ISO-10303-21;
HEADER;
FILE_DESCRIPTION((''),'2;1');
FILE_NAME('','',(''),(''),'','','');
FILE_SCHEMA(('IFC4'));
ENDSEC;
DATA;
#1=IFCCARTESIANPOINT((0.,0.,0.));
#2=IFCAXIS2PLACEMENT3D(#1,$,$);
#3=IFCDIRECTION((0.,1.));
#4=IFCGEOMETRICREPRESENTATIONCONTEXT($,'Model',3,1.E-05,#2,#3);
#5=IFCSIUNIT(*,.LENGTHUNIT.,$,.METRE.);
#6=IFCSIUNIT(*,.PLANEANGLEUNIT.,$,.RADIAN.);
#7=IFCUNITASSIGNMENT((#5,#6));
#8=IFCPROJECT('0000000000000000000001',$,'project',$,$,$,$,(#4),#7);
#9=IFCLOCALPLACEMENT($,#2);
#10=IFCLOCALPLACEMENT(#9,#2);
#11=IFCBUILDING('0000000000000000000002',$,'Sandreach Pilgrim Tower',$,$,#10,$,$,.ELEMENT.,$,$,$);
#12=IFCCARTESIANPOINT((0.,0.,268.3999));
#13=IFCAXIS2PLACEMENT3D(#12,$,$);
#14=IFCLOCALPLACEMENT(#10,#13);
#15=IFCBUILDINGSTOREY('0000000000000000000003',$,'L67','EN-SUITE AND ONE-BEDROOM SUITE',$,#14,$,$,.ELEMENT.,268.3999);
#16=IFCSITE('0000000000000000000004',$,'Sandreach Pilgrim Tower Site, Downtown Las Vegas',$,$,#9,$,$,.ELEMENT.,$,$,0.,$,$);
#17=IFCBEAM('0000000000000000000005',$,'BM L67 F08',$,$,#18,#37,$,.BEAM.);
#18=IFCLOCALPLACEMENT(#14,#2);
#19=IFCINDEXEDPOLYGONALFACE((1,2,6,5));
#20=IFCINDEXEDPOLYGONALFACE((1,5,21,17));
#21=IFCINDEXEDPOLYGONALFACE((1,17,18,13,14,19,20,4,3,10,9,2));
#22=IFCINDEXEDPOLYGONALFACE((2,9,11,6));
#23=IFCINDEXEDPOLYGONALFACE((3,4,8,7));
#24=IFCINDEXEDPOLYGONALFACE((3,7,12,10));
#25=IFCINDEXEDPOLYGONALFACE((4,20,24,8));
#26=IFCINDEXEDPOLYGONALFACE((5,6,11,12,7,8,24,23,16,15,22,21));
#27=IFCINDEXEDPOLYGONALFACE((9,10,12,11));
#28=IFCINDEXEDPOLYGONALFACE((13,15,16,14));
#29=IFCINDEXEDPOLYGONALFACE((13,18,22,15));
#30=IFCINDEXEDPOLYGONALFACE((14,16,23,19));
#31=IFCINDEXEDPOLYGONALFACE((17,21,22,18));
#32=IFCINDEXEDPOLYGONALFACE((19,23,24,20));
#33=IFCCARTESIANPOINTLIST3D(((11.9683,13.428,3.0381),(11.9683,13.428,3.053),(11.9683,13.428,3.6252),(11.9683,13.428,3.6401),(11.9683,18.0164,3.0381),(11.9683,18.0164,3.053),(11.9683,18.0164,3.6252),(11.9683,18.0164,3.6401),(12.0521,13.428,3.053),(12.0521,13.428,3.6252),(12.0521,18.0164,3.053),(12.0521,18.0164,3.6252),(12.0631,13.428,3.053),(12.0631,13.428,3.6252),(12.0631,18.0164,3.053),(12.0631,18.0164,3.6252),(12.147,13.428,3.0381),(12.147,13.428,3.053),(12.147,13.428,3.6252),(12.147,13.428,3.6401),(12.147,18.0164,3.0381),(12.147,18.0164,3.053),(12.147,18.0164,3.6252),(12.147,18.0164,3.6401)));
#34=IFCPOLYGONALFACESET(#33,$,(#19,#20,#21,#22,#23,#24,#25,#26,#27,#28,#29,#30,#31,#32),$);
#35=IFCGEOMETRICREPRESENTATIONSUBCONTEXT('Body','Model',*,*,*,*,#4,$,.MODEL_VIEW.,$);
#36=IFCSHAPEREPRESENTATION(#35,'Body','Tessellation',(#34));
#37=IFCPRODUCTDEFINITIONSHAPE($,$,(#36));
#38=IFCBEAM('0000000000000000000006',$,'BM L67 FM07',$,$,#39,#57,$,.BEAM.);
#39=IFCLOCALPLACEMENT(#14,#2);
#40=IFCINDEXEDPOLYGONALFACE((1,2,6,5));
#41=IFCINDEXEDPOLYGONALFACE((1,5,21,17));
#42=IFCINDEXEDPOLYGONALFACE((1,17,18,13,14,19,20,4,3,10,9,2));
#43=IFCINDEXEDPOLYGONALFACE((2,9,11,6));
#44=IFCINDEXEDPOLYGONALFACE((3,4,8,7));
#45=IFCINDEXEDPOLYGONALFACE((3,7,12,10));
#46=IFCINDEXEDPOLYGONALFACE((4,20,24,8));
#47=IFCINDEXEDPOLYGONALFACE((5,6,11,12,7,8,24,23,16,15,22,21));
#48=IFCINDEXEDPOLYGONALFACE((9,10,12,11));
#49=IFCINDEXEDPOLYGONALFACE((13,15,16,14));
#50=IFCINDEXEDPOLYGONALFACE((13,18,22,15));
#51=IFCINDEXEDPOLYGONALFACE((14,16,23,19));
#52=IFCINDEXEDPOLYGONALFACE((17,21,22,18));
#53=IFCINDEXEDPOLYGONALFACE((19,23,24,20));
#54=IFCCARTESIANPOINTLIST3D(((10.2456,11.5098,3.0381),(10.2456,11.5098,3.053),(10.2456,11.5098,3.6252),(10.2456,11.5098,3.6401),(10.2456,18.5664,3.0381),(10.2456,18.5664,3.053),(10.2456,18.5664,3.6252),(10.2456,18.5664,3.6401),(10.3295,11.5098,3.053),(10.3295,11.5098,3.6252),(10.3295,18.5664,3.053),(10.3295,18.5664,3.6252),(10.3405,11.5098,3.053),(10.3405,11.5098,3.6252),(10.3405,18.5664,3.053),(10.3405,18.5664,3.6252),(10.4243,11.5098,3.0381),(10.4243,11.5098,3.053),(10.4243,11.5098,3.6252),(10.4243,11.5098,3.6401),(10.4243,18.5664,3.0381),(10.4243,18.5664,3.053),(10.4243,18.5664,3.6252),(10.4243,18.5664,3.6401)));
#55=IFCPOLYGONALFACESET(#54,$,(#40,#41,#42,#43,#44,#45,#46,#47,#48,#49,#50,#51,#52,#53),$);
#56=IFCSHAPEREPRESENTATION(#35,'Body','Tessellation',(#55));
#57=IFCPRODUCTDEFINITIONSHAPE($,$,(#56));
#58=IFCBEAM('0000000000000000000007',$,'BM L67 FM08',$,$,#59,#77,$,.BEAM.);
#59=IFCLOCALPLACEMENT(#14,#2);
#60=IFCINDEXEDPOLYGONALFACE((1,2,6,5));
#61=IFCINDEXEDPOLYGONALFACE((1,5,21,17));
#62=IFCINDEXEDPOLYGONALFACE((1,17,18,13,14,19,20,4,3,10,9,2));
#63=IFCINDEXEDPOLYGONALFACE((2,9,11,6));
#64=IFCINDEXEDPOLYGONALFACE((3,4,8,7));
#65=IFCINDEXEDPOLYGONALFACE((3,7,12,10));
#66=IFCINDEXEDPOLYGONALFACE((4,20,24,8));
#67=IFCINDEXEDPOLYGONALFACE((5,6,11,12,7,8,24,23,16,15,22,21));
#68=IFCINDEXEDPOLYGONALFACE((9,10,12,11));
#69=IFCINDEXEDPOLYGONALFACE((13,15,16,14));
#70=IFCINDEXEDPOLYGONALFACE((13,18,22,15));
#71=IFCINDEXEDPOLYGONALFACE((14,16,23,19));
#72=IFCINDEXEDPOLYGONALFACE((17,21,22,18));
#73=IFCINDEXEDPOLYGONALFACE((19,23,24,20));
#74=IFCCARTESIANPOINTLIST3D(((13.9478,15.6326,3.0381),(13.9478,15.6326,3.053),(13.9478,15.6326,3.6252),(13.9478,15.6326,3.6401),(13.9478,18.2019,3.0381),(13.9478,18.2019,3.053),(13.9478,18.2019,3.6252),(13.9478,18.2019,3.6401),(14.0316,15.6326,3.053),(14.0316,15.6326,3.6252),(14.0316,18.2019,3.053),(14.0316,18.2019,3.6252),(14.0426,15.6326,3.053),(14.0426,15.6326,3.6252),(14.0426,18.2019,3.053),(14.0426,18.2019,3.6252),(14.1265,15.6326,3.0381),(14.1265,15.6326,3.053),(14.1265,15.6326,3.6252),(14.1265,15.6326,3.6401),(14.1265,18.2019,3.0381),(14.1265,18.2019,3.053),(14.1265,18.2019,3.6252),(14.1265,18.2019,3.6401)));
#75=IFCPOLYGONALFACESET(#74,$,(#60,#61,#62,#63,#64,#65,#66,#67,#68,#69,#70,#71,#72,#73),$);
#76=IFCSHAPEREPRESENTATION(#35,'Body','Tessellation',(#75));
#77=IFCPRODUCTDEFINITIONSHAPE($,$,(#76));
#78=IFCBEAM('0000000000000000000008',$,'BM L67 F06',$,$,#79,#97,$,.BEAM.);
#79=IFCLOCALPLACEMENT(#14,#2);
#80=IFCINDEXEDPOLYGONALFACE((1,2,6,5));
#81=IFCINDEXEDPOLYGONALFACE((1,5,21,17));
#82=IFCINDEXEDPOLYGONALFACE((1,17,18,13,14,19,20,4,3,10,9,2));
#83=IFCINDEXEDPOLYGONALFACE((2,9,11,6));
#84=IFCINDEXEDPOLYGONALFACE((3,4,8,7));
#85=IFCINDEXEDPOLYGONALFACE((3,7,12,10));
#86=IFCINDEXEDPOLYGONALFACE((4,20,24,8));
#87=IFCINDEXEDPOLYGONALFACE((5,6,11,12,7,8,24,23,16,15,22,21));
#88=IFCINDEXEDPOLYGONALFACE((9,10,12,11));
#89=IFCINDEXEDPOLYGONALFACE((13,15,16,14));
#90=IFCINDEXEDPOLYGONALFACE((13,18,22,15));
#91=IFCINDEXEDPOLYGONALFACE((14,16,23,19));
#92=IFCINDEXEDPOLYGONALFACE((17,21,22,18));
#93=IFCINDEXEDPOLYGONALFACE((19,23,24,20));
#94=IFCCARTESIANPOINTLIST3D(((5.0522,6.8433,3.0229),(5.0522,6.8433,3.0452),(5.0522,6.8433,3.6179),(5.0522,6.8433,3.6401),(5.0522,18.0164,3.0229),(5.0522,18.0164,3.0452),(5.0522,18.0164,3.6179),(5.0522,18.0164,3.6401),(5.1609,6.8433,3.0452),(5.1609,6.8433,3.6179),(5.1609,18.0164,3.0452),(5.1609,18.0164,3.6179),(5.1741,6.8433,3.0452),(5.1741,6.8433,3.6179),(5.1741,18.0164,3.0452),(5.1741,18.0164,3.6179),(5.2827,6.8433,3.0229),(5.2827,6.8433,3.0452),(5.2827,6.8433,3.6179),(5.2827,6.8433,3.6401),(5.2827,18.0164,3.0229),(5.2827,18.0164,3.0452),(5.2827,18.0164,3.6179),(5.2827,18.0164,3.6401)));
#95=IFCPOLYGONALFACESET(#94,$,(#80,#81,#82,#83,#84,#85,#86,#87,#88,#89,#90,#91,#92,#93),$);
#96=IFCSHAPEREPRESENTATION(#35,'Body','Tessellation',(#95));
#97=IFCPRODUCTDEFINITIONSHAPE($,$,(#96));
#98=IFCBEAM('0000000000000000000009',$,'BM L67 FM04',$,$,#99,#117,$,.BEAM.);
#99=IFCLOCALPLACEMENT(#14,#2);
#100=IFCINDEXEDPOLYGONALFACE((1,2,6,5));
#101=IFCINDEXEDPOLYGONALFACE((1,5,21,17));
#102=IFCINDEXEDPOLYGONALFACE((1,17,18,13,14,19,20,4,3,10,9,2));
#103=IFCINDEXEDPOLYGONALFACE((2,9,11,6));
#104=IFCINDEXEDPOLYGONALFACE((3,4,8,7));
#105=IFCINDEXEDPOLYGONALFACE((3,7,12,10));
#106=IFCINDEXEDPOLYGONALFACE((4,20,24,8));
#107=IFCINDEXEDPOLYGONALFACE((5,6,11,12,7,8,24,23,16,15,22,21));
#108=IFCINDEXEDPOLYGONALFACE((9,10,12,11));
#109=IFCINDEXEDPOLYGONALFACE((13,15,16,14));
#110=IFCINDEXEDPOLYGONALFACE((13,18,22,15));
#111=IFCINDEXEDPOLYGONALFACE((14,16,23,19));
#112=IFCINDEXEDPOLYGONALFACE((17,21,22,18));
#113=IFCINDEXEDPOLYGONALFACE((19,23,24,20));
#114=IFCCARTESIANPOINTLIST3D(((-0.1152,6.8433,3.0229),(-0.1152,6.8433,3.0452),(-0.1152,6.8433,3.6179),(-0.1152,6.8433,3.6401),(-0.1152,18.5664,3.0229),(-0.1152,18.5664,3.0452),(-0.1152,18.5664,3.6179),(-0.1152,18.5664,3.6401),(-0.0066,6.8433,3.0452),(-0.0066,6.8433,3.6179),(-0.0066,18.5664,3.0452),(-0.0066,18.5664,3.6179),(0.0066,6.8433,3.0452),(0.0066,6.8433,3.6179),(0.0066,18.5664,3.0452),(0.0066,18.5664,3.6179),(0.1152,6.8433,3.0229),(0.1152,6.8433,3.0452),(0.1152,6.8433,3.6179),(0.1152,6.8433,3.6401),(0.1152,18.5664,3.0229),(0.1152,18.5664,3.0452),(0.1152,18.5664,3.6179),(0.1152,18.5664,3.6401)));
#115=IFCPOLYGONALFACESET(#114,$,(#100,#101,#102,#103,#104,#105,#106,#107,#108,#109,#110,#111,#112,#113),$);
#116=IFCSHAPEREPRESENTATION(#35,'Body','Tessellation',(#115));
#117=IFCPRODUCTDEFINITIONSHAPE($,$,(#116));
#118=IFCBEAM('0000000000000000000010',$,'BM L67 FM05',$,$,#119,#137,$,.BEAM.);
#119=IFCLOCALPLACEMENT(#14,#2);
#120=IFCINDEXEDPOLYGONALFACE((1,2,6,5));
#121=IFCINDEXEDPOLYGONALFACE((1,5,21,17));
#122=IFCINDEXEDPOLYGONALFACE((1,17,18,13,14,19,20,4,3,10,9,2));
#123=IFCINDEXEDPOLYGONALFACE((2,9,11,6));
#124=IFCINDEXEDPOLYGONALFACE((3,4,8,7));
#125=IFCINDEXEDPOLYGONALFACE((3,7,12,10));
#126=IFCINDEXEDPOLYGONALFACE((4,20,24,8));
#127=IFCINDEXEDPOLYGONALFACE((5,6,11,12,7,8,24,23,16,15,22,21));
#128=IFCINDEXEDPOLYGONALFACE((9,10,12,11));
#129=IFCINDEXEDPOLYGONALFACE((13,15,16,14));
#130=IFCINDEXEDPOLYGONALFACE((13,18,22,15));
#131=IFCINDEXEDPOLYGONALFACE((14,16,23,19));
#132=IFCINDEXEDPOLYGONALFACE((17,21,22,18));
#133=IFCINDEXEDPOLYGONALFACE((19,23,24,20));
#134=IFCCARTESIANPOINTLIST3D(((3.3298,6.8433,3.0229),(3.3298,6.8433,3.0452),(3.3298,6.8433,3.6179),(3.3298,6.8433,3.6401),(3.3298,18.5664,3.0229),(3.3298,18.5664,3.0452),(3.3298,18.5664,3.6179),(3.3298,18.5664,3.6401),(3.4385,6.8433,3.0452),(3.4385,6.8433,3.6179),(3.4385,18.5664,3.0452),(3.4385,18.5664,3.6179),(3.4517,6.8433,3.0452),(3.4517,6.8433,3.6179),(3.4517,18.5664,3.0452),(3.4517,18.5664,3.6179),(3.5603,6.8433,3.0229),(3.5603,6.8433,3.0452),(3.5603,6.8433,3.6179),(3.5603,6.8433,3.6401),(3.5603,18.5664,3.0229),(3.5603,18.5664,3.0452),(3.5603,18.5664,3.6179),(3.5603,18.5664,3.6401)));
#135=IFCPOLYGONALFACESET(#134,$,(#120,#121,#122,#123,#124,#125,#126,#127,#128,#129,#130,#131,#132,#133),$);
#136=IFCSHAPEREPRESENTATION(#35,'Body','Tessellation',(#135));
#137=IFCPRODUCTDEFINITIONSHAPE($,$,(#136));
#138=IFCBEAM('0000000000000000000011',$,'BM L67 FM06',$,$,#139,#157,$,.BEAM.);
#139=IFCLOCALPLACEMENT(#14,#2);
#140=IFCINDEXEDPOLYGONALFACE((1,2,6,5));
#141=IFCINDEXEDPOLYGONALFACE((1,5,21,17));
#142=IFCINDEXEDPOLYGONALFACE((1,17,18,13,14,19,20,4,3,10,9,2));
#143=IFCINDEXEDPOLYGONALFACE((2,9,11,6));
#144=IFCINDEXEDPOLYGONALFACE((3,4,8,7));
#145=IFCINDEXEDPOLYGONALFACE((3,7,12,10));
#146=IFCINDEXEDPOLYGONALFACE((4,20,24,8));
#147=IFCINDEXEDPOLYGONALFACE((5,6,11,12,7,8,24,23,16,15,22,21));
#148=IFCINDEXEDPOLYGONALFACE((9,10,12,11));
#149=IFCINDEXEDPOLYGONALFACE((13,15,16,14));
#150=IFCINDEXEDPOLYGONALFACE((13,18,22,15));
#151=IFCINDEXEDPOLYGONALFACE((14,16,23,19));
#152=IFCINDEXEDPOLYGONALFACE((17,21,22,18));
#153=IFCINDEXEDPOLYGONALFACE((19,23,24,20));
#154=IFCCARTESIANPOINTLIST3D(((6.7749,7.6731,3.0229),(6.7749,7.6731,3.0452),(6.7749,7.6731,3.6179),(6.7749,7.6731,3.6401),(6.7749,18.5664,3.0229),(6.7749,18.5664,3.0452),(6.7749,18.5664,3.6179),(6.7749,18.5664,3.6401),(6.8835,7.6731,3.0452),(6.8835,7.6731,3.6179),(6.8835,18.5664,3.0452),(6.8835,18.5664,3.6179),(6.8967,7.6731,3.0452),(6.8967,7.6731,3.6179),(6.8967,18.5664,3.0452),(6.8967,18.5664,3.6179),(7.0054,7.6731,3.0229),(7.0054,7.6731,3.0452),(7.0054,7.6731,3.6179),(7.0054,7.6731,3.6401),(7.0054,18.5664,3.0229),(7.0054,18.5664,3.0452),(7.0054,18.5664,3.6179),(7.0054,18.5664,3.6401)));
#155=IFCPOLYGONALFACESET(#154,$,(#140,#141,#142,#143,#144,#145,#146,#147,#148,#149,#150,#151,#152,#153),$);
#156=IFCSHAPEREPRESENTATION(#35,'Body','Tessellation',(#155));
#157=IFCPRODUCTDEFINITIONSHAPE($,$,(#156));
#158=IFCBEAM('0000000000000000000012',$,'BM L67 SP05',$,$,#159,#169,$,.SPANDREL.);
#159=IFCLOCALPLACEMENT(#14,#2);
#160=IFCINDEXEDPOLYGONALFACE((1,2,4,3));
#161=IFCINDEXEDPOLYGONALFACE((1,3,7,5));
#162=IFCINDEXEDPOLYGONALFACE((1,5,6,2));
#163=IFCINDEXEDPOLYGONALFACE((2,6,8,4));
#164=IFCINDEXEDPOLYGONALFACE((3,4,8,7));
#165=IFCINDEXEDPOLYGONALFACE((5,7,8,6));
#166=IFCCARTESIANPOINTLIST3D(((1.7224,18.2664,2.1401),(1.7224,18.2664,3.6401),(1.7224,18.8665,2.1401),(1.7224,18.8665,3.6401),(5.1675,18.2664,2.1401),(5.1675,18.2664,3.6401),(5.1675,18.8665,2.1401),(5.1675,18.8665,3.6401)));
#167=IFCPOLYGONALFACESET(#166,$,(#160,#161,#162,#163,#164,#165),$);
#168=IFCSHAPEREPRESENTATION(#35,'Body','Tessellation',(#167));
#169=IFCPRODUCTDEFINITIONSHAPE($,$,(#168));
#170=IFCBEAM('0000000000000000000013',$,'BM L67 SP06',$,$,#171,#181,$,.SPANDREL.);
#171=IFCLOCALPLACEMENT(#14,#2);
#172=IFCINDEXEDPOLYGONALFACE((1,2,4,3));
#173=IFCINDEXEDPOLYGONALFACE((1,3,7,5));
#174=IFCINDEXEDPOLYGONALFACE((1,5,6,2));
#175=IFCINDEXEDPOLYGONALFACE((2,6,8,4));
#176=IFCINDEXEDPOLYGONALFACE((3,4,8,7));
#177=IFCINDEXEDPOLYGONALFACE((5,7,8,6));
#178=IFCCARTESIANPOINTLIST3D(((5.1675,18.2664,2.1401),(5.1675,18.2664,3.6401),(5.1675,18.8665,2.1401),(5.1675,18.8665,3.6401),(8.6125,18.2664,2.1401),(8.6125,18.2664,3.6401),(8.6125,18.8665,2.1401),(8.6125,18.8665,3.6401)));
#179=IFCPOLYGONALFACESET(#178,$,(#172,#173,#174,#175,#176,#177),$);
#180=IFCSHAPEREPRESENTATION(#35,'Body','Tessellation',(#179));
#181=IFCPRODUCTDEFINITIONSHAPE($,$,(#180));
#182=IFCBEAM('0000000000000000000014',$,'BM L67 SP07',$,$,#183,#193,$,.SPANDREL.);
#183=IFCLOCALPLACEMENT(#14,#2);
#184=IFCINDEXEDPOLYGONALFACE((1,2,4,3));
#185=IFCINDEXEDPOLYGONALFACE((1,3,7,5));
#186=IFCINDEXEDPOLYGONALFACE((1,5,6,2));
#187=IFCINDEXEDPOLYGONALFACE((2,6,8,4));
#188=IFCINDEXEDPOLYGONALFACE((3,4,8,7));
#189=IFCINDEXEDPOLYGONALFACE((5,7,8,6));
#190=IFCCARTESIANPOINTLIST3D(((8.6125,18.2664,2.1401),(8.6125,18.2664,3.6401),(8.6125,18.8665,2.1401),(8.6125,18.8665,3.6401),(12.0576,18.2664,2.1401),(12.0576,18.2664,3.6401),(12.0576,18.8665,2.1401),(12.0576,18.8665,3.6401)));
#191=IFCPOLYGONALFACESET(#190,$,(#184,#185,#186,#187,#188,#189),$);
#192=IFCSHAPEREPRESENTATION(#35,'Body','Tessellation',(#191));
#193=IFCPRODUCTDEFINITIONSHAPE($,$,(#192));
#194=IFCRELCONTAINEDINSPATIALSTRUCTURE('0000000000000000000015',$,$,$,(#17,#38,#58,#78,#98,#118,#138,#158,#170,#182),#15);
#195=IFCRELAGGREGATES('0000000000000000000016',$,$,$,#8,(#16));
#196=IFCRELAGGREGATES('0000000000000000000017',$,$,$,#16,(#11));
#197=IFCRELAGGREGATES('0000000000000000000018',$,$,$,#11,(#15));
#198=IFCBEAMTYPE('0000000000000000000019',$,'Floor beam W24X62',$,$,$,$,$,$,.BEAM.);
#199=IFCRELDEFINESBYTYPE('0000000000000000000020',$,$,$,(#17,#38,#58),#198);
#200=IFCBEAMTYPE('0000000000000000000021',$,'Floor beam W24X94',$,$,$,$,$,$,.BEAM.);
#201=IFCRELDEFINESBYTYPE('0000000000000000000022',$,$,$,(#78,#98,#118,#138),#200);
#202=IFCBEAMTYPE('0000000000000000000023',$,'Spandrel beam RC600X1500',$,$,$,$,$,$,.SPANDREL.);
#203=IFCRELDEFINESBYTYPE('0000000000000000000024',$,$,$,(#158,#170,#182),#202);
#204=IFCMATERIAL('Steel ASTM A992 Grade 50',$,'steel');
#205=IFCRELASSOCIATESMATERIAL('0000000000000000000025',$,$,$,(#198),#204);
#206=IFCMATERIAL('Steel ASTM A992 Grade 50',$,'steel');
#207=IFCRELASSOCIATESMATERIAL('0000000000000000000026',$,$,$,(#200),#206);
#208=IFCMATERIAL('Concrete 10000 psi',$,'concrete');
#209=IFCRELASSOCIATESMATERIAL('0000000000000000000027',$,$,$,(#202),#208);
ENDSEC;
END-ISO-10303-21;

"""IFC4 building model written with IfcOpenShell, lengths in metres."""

from ifc_helpers import new_model, si_unit, direction, frame, origin, origin_2d, place, context, subcontext, project, spatial, rectangle, i_section, extrude, material, material_profile, profile_set, type_object, element, save


model = new_model("IFC4")

# Units and contexts
model_context = context("Model", 3, precision=1e-05, world=origin(), true_north=direction((0.0, 1.0)))
body_context = subcontext(model_context, "Body", "Model", "MODEL_VIEW")
ifc_project = project(units=[si_unit("LENGTHUNIT", "METRE"), si_unit("PLANEANGLEUNIT", "RADIAN")], contexts=[model_context])

# Site, building, storey
site_placement = place(None, origin())
site = spatial("IfcSite", under=ifc_project, at=site_placement, Name="Sandreach Pilgrim Tower Site, Downtown Las Vegas", CompositionType="ELEMENT", RefElevation=0.0)
building_placement = place(site_placement, origin())
building = spatial("IfcBuilding", under=site, at=building_placement, Name="Sandreach Pilgrim Tower", CompositionType="ELEMENT")
storey_placement = place(building_placement, frame((0.0, 0.0, 268.3999)))
storey = spatial("IfcBuildingStorey", under=building, at=storey_placement, Name="L67", Description="EN-SUITE AND ONE-BEDROOM SUITE", CompositionType="ELEMENT", Elevation=268.3999)

# Beams
ifc_material_1 = material(Name="Steel ASTM A992 Grade 50", Category="steel")
ifc_material_profile_1 = material_profile(ifc_material_1, i_section(OverallWidth=0.1787, OverallDepth=0.6021, WebThickness=0.011, FlangeThickness=0.0149, at=origin_2d()), Name="W24X62")
ifc_profile_set_1 = profile_set([ifc_material_profile_1], Name="Steel ASTM A992 Grade 50")
beam_type_1 = type_object("IfcBeamType", Name="Floor beam W24X62", PredefinedType="BEAM", material=ifc_profile_set_1)
beam_1_placement = place(storey_placement, frame((12.0576, 18.0164, 3.3391), z_axis=(0.0, -1.0, 0.0), x_axis=(1.0, 0.0, 0.0)))
element("IfcBeam", 1, at=beam_1_placement, inside=storey, type_object=beam_type_1, Name="BM L67 F08", PredefinedType="BEAM", context=body_context, shape_type="SweptSolid", body=[
    extrude(i_section(OverallWidth=0.1787, OverallDepth=0.6021, WebThickness=0.011, FlangeThickness=0.0149, at=origin_2d()), origin(), (0.0, 0.0, 1.0), 4.5884),
])
beam_2_placement = place(storey_placement, frame((10.335, 18.5664, 3.3391), z_axis=(0.0, -1.0, 0.0), x_axis=(1.0, 0.0, 0.0)))
element("IfcBeam", 2, at=beam_2_placement, inside=storey, type_object=beam_type_1, Name="BM L67 FM07", PredefinedType="BEAM", context=body_context, shape_type="SweptSolid", body=[
    extrude(i_section(OverallWidth=0.1787, OverallDepth=0.6021, WebThickness=0.011, FlangeThickness=0.0149, at=origin_2d()), origin(), (0.0, 0.0, 1.0), 7.0566),
])
beam_3_placement = place(storey_placement, frame((14.0371, 18.2019, 3.3391), z_axis=(0.0, -1.0, 0.0), x_axis=(1.0, 0.0, 0.0)))
element("IfcBeam", 3, at=beam_3_placement, inside=storey, type_object=beam_type_1, Name="BM L67 FM08", PredefinedType="BEAM", context=body_context, shape_type="SweptSolid", body=[
    extrude(i_section(OverallWidth=0.1787, OverallDepth=0.6021, WebThickness=0.011, FlangeThickness=0.0149, at=origin_2d()), origin(), (0.0, 0.0, 1.0), 2.5693),
])
ifc_material_2 = material(Name="Steel ASTM A992 Grade 50", Category="steel")
ifc_material_profile_2 = material_profile(ifc_material_2, i_section(OverallWidth=0.2305, OverallDepth=0.6172, WebThickness=0.0132, FlangeThickness=0.0222, at=origin_2d()), Name="W24X94")
ifc_profile_set_2 = profile_set([ifc_material_profile_2], Name="Steel ASTM A992 Grade 50")
beam_type_2 = type_object("IfcBeamType", Name="Floor beam W24X94", PredefinedType="BEAM", material=ifc_profile_set_2)
beam_4_placement = place(storey_placement, frame((5.1675, 18.0164, 3.3315), z_axis=(0.0, -1.0, 0.0), x_axis=(1.0, 0.0, 0.0)))
element("IfcBeam", 4, at=beam_4_placement, inside=storey, type_object=beam_type_2, Name="BM L67 F06", PredefinedType="BEAM", context=body_context, shape_type="SweptSolid", body=[
    extrude(i_section(OverallWidth=0.2305, OverallDepth=0.6172, WebThickness=0.0132, FlangeThickness=0.0222, at=origin_2d()), origin(), (0.0, 0.0, 1.0), 11.1731),
])
for number, where, z_axis, x_axis, name in (
    (5, (0.0, 18.5664, 3.3315), (0.0, -1.0, 0.0), (1.0, 0.0, 0.0), "BM L67 FM04"),
    (6, (3.4451, 18.5664, 3.3315), (0.0, -1.0, 0.0), (1.0, 0.0, 0.0), "BM L67 FM05"),
):
    element("IfcBeam", number, at=place(storey_placement, frame(where, z_axis=z_axis, x_axis=x_axis)), inside=storey, type_object=beam_type_2, Name=name, PredefinedType="BEAM", context=body_context, shape_type="SweptSolid", body=[
        extrude(i_section(OverallWidth=0.2305, OverallDepth=0.6172, WebThickness=0.0132, FlangeThickness=0.0222, at=origin_2d()), origin(), (0.0, 0.0, 1.0), 11.7231),
    ])
beam_5_placement = place(storey_placement, frame((6.8901, 18.5664, 3.3315), z_axis=(0.0, -1.0, 0.0), x_axis=(1.0, 0.0, 0.0)))
element("IfcBeam", 7, at=beam_5_placement, inside=storey, type_object=beam_type_2, Name="BM L67 FM06", PredefinedType="BEAM", context=body_context, shape_type="SweptSolid", body=[
    extrude(i_section(OverallWidth=0.2305, OverallDepth=0.6172, WebThickness=0.0132, FlangeThickness=0.0222, at=origin_2d()), origin(), (0.0, 0.0, 1.0), 10.8933),
])
ifc_material_3 = material(Name="Concrete 10000 psi", Category="concrete")
ifc_material_profile_3 = material_profile(ifc_material_3, rectangle(XDim=0.6001, YDim=1.5, at=origin_2d()), Name="RC600X1500")
ifc_profile_set_3 = profile_set([ifc_material_profile_3], Name="Concrete 10000 psi")
beam_type_3 = type_object("IfcBeamType", Name="Spandrel beam RC600X1500", PredefinedType="SPANDREL", material=ifc_profile_set_3)
for number, where, z_axis, x_axis, name in (
    (8, (1.7224, 18.5664, 2.8901), (1.0, 0.0, 0.0), (0.0, 1.0, 0.0), "BM L67 SP05"),
    (9, (5.1675, 18.5664, 2.8901), (1.0, 0.0, 0.0), (0.0, 1.0, 0.0), "BM L67 SP06"),
    (10, (8.6125, 18.5664, 2.8901), (1.0, 0.0, 0.0), (0.0, 1.0, 0.0), "BM L67 SP07"),
):
    element("IfcBeam", number, at=place(storey_placement, frame(where, z_axis=z_axis, x_axis=x_axis)), inside=storey, type_object=beam_type_3, Name=name, PredefinedType="SPANDREL", context=body_context, shape_type="SweptSolid", body=[
        extrude(rectangle(XDim=0.6001, YDim=1.5, at=origin_2d()), origin(), (0.0, 0.0, 1.0), 3.4451),
    ])

save(model, "model.ifc")
